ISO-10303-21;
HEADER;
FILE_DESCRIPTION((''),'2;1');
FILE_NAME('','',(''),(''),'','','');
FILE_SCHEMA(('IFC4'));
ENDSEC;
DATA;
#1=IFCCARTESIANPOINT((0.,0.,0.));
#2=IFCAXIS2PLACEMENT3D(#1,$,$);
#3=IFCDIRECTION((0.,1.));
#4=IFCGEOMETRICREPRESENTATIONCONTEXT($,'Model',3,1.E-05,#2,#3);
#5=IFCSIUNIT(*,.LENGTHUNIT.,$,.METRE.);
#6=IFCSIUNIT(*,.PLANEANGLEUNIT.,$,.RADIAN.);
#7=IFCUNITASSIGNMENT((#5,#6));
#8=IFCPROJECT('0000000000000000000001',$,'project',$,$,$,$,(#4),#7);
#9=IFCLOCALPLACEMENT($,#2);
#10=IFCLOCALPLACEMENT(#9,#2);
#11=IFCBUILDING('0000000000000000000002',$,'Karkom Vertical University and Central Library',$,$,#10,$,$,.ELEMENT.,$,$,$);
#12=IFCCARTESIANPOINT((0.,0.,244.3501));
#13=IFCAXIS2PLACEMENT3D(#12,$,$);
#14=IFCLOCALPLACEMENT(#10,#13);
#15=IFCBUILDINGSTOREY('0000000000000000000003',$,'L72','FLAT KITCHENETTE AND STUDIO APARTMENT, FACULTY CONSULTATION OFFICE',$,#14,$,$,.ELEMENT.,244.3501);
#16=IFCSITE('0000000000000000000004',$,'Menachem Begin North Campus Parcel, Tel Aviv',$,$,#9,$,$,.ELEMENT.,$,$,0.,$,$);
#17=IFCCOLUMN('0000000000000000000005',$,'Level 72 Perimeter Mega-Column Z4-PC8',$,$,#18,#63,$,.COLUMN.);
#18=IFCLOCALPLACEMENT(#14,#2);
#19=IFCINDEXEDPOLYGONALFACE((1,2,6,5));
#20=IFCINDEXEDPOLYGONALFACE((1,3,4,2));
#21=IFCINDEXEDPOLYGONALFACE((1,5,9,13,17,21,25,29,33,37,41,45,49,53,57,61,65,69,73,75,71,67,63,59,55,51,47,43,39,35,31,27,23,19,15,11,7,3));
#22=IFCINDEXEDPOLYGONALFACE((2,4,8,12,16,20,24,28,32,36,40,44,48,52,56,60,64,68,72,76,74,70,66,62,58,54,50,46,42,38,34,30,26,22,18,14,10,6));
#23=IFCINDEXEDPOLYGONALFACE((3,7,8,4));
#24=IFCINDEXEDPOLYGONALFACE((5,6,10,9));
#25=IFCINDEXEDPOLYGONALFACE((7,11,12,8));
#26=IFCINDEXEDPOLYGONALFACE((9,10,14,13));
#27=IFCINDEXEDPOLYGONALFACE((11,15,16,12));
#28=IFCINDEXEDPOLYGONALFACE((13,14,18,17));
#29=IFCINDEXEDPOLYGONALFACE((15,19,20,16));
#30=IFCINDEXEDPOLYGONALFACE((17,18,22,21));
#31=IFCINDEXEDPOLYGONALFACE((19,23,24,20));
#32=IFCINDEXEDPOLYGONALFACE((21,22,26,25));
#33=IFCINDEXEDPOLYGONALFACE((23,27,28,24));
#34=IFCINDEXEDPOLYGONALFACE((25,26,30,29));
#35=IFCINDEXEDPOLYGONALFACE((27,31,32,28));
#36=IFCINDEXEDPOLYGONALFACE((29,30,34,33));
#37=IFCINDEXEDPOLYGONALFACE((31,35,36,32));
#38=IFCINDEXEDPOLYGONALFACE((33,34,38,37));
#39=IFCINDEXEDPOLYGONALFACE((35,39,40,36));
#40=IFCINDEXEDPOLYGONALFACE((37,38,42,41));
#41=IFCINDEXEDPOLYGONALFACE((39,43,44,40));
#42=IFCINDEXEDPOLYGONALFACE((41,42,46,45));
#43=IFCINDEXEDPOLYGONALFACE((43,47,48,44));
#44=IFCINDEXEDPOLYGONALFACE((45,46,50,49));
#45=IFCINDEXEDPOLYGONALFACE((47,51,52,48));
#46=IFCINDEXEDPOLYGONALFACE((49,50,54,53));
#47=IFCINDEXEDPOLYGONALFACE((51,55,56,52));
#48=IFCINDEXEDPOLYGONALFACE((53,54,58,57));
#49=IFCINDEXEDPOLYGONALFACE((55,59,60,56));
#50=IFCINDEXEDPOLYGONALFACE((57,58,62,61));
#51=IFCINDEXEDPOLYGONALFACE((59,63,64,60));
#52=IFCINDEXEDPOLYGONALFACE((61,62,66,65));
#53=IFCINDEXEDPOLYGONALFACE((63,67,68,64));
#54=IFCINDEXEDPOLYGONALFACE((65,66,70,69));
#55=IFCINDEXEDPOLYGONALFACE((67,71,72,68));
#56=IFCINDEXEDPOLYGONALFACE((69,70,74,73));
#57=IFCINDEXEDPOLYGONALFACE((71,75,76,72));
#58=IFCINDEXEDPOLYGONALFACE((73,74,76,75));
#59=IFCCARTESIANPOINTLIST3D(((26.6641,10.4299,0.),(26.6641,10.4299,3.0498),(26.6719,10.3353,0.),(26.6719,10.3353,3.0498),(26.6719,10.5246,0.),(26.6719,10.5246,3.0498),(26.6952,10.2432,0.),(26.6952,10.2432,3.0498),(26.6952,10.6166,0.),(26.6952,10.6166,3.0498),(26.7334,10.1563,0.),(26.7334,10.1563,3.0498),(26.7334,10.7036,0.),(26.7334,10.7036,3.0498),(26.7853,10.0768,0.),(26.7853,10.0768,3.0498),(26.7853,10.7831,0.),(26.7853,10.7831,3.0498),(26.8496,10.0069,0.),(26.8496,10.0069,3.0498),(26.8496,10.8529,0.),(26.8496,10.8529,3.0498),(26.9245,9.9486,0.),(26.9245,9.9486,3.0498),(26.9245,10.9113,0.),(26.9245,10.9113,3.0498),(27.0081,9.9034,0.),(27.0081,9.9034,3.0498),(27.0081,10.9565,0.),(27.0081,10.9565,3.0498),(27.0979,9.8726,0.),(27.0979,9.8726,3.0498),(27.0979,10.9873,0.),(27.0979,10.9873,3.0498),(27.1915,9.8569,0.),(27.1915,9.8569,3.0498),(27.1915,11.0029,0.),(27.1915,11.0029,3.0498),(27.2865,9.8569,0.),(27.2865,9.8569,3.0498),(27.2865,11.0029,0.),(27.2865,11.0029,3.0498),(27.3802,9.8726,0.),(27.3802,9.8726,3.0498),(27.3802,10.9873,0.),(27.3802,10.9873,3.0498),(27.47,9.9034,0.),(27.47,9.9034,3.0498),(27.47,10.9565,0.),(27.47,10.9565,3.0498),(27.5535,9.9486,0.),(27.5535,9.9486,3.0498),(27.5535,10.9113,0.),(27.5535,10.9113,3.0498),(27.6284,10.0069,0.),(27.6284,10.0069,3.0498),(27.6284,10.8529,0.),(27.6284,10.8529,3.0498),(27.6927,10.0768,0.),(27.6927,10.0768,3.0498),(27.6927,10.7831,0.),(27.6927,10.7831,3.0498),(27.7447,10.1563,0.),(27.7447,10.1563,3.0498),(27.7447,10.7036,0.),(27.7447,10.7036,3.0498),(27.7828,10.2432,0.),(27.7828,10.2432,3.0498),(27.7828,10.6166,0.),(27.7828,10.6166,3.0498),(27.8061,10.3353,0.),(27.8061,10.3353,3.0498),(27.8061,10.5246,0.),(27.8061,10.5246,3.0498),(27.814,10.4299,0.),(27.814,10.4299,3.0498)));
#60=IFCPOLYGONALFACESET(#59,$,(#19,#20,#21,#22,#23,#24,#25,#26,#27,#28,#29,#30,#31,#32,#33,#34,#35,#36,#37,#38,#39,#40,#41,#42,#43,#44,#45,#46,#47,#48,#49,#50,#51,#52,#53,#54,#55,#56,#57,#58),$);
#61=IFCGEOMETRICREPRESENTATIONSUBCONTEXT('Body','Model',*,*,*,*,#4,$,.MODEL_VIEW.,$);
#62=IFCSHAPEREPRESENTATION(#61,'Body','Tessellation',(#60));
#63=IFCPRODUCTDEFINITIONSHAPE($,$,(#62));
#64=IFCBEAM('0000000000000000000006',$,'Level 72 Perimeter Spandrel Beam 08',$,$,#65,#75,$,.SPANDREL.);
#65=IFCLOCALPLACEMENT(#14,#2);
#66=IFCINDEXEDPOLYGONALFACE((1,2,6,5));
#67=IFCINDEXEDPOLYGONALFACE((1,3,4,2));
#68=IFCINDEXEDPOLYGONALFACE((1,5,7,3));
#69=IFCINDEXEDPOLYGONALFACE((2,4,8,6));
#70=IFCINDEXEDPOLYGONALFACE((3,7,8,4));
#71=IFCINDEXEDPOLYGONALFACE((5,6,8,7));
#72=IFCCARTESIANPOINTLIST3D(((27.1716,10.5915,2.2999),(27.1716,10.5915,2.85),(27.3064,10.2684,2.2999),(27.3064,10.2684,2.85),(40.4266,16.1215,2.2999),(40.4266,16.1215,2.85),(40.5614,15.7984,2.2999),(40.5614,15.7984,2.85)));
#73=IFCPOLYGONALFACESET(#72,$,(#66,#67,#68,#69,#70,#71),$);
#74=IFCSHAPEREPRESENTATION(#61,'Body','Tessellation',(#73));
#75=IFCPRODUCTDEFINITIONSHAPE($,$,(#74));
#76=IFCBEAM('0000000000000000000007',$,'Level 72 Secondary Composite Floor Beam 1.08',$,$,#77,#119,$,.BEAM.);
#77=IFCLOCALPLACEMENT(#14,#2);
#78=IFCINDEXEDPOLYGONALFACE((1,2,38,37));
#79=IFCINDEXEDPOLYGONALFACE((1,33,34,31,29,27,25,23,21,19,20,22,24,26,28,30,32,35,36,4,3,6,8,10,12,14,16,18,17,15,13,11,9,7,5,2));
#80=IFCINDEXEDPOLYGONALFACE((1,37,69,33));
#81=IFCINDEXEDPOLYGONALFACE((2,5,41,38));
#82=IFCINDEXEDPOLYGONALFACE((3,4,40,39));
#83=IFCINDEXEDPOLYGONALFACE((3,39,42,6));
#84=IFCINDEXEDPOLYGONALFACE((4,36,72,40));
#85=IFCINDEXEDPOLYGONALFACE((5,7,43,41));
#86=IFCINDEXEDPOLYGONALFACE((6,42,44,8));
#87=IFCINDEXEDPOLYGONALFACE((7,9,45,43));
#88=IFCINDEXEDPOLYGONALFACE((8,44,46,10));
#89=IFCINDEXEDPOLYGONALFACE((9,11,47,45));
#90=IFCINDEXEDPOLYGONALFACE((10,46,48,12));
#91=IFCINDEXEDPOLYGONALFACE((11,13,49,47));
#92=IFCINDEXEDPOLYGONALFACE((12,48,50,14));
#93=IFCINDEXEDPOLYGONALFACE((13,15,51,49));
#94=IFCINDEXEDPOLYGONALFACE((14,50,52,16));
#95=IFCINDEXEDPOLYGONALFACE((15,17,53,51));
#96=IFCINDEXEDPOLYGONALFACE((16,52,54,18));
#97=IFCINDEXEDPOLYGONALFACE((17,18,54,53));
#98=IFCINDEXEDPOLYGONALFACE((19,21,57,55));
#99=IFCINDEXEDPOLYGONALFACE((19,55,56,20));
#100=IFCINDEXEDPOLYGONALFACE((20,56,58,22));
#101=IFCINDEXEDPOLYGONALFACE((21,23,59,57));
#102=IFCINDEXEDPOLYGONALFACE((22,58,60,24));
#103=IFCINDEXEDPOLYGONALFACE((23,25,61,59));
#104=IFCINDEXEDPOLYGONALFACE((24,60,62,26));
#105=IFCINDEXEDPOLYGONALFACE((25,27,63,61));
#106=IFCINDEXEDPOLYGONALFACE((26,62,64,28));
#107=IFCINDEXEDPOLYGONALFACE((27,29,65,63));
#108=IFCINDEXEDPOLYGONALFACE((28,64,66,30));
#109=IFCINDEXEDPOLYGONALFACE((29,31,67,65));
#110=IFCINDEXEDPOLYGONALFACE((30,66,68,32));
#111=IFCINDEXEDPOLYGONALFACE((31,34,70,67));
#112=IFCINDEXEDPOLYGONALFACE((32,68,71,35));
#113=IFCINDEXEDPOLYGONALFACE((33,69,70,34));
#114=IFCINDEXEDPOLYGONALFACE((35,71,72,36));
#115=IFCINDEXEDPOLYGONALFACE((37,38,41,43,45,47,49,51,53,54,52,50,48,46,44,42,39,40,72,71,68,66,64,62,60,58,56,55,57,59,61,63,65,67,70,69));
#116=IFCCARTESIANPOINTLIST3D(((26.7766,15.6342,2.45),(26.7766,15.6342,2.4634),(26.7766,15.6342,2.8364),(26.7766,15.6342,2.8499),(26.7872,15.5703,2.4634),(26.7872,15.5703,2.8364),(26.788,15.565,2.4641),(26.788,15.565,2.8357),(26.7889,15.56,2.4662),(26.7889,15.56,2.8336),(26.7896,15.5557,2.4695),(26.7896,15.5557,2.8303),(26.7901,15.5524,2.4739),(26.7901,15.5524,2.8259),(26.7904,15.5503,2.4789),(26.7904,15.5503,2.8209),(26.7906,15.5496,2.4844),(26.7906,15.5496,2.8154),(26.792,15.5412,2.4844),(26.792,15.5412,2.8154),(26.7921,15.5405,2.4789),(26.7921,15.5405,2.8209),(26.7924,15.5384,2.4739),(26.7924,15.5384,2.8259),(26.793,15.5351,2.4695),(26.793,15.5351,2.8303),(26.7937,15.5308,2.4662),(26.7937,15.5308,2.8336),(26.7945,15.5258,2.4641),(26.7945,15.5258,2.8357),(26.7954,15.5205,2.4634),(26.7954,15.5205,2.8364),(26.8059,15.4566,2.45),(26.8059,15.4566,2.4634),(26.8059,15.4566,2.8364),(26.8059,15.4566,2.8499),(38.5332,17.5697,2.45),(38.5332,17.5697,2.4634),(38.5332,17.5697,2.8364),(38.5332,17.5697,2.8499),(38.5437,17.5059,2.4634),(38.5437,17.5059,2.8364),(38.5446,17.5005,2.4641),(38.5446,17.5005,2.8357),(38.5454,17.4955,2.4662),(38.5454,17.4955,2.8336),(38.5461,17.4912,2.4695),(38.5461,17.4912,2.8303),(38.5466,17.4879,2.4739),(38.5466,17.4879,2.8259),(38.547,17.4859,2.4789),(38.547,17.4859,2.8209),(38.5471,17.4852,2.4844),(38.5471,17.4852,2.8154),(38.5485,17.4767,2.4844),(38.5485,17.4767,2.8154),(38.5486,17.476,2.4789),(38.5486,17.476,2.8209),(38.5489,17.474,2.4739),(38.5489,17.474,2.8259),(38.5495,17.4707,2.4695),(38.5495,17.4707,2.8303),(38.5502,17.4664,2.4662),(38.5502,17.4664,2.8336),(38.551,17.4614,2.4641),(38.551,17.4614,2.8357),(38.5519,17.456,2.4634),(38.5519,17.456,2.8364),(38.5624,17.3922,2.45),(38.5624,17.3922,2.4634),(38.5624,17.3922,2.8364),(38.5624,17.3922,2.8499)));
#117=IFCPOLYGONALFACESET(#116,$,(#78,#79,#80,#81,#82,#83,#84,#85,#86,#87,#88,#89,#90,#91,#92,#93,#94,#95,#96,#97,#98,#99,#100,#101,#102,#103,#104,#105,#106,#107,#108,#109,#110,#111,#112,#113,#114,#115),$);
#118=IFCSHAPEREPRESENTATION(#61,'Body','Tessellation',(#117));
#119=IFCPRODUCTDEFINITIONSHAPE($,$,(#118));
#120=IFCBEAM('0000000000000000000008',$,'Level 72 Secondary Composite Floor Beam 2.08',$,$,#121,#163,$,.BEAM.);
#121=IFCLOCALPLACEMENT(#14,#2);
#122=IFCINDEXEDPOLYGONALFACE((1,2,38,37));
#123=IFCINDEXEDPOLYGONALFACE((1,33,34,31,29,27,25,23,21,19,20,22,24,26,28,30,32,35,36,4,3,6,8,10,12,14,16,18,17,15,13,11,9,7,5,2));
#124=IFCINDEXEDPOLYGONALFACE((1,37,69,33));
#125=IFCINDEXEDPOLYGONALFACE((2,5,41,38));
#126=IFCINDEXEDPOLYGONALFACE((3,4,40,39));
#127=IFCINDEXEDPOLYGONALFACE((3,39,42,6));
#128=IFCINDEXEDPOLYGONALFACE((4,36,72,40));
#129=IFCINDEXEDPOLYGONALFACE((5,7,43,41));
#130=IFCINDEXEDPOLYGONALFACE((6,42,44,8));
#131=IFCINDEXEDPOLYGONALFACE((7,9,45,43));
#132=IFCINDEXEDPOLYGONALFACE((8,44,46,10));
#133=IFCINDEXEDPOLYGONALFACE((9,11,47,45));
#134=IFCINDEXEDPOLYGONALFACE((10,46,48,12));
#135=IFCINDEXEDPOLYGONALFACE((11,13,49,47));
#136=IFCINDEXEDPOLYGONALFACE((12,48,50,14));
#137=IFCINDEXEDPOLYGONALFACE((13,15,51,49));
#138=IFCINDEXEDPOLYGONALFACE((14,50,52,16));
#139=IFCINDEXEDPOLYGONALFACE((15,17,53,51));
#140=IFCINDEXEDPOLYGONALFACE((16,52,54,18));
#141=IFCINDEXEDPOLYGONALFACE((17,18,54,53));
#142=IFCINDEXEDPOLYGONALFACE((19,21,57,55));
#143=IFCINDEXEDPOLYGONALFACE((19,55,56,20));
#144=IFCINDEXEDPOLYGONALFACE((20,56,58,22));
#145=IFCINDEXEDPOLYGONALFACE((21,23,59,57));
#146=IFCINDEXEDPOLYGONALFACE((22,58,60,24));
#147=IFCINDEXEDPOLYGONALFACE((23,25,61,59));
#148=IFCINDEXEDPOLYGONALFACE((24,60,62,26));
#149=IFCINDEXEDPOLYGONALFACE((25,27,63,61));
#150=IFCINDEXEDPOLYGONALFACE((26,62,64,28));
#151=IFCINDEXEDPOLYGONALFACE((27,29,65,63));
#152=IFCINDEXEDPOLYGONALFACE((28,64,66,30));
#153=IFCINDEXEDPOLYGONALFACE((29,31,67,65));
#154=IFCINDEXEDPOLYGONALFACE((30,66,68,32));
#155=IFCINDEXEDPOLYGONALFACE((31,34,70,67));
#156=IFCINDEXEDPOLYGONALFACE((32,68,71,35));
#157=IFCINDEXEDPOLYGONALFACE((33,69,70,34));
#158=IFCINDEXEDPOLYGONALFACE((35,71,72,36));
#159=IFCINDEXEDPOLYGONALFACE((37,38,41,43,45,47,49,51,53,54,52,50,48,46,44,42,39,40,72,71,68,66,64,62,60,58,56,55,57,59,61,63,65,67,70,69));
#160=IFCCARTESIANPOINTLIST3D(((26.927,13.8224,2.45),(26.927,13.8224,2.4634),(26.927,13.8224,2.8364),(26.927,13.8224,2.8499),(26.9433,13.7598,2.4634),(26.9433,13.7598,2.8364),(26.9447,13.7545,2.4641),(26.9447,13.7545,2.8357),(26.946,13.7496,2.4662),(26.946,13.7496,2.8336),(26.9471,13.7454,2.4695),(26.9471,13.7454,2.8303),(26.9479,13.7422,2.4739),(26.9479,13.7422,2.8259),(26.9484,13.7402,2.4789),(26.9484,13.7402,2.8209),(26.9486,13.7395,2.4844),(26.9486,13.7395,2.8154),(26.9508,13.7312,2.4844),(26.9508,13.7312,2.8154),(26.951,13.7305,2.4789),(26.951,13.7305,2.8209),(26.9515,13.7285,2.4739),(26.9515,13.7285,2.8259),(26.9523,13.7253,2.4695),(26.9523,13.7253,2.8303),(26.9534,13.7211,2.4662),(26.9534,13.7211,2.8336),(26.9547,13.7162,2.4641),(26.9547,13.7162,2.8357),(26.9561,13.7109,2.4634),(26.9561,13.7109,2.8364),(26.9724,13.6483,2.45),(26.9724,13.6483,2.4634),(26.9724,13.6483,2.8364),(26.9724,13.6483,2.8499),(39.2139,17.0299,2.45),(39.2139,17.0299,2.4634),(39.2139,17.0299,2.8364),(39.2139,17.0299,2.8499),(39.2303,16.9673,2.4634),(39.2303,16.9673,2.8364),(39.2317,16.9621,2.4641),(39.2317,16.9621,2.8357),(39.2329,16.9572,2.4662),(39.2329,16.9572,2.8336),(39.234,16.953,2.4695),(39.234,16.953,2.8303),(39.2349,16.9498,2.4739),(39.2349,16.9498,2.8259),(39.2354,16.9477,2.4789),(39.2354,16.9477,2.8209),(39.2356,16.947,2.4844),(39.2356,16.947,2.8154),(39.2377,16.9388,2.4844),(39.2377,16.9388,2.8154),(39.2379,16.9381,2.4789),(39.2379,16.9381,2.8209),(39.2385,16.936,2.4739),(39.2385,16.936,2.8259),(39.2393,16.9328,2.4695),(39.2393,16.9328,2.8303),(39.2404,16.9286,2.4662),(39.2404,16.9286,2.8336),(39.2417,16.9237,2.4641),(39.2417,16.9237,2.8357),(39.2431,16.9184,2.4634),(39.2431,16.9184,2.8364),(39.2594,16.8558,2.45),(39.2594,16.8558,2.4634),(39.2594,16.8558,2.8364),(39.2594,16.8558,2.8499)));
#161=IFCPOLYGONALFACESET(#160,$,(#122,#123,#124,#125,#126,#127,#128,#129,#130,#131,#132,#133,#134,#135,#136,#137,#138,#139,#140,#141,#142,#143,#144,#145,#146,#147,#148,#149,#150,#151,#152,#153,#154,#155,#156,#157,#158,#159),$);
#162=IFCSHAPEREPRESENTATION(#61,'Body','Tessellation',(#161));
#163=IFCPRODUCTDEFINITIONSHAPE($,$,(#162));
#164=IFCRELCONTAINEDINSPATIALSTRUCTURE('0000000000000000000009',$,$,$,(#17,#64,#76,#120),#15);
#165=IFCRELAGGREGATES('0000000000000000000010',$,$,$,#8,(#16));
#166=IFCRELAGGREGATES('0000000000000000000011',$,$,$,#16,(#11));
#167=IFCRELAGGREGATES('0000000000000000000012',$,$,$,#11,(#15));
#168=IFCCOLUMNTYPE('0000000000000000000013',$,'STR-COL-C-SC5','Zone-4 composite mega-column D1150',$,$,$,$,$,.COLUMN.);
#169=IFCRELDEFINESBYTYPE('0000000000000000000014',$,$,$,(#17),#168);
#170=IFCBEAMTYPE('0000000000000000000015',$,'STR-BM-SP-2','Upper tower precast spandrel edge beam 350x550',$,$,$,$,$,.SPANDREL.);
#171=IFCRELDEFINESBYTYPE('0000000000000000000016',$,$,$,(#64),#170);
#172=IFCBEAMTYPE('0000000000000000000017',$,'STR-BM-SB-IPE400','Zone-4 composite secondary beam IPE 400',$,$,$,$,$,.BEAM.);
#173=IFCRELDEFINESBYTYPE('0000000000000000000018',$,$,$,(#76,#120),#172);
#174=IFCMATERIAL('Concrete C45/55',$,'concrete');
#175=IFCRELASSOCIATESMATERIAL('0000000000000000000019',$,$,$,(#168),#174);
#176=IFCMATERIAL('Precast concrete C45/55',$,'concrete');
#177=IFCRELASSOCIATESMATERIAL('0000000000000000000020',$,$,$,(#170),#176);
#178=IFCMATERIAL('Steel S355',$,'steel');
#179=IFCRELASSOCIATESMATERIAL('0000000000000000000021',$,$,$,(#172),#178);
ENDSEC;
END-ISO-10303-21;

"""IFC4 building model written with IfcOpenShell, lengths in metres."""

from ifc_helpers import new_model, si_unit, direction, frame, origin, origin_with_axes, origin_2d, place, context, subcontext, project, spatial, rectangle, circle, i_section, extrude, source, transform, mapped, material, material_profile, profile_set, type_object, element, save


model = new_model("IFC4")

# Units and contexts
model_context = context("Model", 3, precision=1e-05, world=origin(), true_north=direction((0.0, 1.0)))
body_context = subcontext(model_context, "Body", "Model", "MODEL_VIEW")
ifc_project = project(units=[si_unit("LENGTHUNIT", "METRE"), si_unit("PLANEANGLEUNIT", "RADIAN")], contexts=[model_context])

# Site, building, storey
site_placement = place(None, origin())
site = spatial("IfcSite", under=ifc_project, at=site_placement, Name="Menachem Begin North Campus Parcel, Tel Aviv", CompositionType="ELEMENT", RefElevation=0.0)
building_placement = place(site_placement, origin())
building = spatial("IfcBuilding", under=site, at=building_placement, Name="Karkom Vertical University and Central Library", CompositionType="ELEMENT")
storey_placement = place(building_placement, frame((0.0, 0.0, 244.3501)))
storey = spatial("IfcBuildingStorey", under=building, at=storey_placement, Name="L72", Description="FLAT KITCHENETTE AND STUDIO APARTMENT, FACULTY CONSULTATION OFFICE", CompositionType="ELEMENT", Elevation=244.3501)

# Column
ifc_material_1 = material(Name="Concrete C45/55", Category="concrete")
ifc_material_profile_1 = material_profile(ifc_material_1, circle(Radius=0.575, at=origin_2d()), Name="CFT-D1150")
ifc_profile_set_1 = profile_set([ifc_material_profile_1], Name="Concrete C45/55")
column_type = type_object("IfcColumnType", Name="STR-COL-C-SC5", Description="Zone-4 composite mega-column D1150", PredefinedType="COLUMN", material=ifc_profile_set_1)
shared_shape_1 = source(origin_with_axes(), body_context, "Body", "SweptSolid", [
    extrude(circle(Radius=0.575, at=origin_2d()), origin(), (0.0, 0.0, 1.0), 3.0498),
])
column_placement = place(storey_placement, frame((27.239, 10.4299, 0.0), z_axis=(0.0, 0.0, 1.0), x_axis=(1.0, 0.0, 0.0)))
element("IfcColumn", 1, at=column_placement, inside=storey, type_object=column_type, Name="Level 72 Perimeter Mega-Column Z4-PC8", PredefinedType="COLUMN", context=body_context, shape_type="MappedRepresentation", body=[
    mapped(shared_shape_1, transform((0.0, 0.0, 0.0), scale=1.0)),
])

# Beams
ifc_material_2 = material(Name="Precast concrete C45/55", Category="concrete")
ifc_material_profile_2 = material_profile(ifc_material_2, rectangle(XDim=0.3501, YDim=0.55, at=origin_2d()), Name="SPB-350x550")
ifc_profile_set_2 = profile_set([ifc_material_profile_2], Name="Precast concrete C45/55")
beam_type_1 = type_object("IfcBeamType", Name="STR-BM-SP-2", Description="Upper tower precast spandrel edge beam 350x550", PredefinedType="SPANDREL", material=ifc_profile_set_2)
shared_shape_2 = source(origin_with_axes(), body_context, "Body", "SweptSolid", [
    extrude(rectangle(XDim=0.3501, YDim=0.55, at=origin_2d()), origin(), (0.0, 0.0, 1.0), 14.3623),
])
beam_1_placement = place(storey_placement, frame((27.239, 10.4299, 2.575), z_axis=(0.9229, 0.38504, 0.0), x_axis=(-0.38504, 0.9229, 0.0)))
element("IfcBeam", 2, at=beam_1_placement, inside=storey, type_object=beam_type_1, Name="Level 72 Perimeter Spandrel Beam 08", PredefinedType="SPANDREL", context=body_context, shape_type="MappedRepresentation", body=[
    mapped(shared_shape_2, transform((0.0, 0.0, 0.0), scale=1.0)),
])
ifc_material_3 = material(Name="Steel S355", Category="steel")
ifc_material_profile_3 = material_profile(ifc_material_3, i_section(OverallWidth=0.1799, OverallDepth=0.3999, WebThickness=0.0085, FlangeThickness=0.0134, FilletRadius=0.021, at=origin_2d()), Name="IPE 400")
ifc_profile_set_3 = profile_set([ifc_material_profile_3], Name="Steel S355")
beam_type_2 = type_object("IfcBeamType", Name="STR-BM-SB-IPE400", Description="Zone-4 composite secondary beam IPE 400", PredefinedType="BEAM", material=ifc_profile_set_3)
shared_shape_3 = source(origin_with_axes(), body_context, "Body", "SweptSolid", [
    extrude(i_section(OverallWidth=0.1799, OverallDepth=0.3999, WebThickness=0.0085, FlangeThickness=0.0134, FilletRadius=0.021, at=origin_2d()), origin(), (0.0, 0.0, 1.0), 11.9148),
])
beam_2_placement = place(storey_placement, frame((26.7913, 15.5454, 2.6499), z_axis=(0.986717, 0.162448, 0.0), x_axis=(-0.162448, 0.986717, 0.0)))
element("IfcBeam", 3, at=beam_2_placement, inside=storey, type_object=beam_type_2, Name="Level 72 Secondary Composite Floor Beam 1.08", PredefinedType="BEAM", context=body_context, shape_type="MappedRepresentation", body=[
    mapped(shared_shape_3, transform((0.0, 0.0, 0.0), scale=1.0)),
])
shared_shape_4 = source(origin_with_axes(), body_context, "Body", "SweptSolid", [
    extrude(i_section(OverallWidth=0.1799, OverallDepth=0.3999, WebThickness=0.0085, FlangeThickness=0.0134, FilletRadius=0.021, at=origin_2d()), origin(), (0.0, 0.0, 1.0), 12.6987),
])
beam_3_placement = place(storey_placement, frame((26.9497, 13.7354, 2.6499), z_axis=(0.967574, 0.252588, 0.0), x_axis=(-0.252588, 0.967574, 0.0)))
element("IfcBeam", 4, at=beam_3_placement, inside=storey, type_object=beam_type_2, Name="Level 72 Secondary Composite Floor Beam 2.08", PredefinedType="BEAM", context=body_context, shape_type="MappedRepresentation", body=[
    mapped(shared_shape_4, transform((0.0, 0.0, 0.0), scale=1.0)),
])

save(model, "model.ifc")
